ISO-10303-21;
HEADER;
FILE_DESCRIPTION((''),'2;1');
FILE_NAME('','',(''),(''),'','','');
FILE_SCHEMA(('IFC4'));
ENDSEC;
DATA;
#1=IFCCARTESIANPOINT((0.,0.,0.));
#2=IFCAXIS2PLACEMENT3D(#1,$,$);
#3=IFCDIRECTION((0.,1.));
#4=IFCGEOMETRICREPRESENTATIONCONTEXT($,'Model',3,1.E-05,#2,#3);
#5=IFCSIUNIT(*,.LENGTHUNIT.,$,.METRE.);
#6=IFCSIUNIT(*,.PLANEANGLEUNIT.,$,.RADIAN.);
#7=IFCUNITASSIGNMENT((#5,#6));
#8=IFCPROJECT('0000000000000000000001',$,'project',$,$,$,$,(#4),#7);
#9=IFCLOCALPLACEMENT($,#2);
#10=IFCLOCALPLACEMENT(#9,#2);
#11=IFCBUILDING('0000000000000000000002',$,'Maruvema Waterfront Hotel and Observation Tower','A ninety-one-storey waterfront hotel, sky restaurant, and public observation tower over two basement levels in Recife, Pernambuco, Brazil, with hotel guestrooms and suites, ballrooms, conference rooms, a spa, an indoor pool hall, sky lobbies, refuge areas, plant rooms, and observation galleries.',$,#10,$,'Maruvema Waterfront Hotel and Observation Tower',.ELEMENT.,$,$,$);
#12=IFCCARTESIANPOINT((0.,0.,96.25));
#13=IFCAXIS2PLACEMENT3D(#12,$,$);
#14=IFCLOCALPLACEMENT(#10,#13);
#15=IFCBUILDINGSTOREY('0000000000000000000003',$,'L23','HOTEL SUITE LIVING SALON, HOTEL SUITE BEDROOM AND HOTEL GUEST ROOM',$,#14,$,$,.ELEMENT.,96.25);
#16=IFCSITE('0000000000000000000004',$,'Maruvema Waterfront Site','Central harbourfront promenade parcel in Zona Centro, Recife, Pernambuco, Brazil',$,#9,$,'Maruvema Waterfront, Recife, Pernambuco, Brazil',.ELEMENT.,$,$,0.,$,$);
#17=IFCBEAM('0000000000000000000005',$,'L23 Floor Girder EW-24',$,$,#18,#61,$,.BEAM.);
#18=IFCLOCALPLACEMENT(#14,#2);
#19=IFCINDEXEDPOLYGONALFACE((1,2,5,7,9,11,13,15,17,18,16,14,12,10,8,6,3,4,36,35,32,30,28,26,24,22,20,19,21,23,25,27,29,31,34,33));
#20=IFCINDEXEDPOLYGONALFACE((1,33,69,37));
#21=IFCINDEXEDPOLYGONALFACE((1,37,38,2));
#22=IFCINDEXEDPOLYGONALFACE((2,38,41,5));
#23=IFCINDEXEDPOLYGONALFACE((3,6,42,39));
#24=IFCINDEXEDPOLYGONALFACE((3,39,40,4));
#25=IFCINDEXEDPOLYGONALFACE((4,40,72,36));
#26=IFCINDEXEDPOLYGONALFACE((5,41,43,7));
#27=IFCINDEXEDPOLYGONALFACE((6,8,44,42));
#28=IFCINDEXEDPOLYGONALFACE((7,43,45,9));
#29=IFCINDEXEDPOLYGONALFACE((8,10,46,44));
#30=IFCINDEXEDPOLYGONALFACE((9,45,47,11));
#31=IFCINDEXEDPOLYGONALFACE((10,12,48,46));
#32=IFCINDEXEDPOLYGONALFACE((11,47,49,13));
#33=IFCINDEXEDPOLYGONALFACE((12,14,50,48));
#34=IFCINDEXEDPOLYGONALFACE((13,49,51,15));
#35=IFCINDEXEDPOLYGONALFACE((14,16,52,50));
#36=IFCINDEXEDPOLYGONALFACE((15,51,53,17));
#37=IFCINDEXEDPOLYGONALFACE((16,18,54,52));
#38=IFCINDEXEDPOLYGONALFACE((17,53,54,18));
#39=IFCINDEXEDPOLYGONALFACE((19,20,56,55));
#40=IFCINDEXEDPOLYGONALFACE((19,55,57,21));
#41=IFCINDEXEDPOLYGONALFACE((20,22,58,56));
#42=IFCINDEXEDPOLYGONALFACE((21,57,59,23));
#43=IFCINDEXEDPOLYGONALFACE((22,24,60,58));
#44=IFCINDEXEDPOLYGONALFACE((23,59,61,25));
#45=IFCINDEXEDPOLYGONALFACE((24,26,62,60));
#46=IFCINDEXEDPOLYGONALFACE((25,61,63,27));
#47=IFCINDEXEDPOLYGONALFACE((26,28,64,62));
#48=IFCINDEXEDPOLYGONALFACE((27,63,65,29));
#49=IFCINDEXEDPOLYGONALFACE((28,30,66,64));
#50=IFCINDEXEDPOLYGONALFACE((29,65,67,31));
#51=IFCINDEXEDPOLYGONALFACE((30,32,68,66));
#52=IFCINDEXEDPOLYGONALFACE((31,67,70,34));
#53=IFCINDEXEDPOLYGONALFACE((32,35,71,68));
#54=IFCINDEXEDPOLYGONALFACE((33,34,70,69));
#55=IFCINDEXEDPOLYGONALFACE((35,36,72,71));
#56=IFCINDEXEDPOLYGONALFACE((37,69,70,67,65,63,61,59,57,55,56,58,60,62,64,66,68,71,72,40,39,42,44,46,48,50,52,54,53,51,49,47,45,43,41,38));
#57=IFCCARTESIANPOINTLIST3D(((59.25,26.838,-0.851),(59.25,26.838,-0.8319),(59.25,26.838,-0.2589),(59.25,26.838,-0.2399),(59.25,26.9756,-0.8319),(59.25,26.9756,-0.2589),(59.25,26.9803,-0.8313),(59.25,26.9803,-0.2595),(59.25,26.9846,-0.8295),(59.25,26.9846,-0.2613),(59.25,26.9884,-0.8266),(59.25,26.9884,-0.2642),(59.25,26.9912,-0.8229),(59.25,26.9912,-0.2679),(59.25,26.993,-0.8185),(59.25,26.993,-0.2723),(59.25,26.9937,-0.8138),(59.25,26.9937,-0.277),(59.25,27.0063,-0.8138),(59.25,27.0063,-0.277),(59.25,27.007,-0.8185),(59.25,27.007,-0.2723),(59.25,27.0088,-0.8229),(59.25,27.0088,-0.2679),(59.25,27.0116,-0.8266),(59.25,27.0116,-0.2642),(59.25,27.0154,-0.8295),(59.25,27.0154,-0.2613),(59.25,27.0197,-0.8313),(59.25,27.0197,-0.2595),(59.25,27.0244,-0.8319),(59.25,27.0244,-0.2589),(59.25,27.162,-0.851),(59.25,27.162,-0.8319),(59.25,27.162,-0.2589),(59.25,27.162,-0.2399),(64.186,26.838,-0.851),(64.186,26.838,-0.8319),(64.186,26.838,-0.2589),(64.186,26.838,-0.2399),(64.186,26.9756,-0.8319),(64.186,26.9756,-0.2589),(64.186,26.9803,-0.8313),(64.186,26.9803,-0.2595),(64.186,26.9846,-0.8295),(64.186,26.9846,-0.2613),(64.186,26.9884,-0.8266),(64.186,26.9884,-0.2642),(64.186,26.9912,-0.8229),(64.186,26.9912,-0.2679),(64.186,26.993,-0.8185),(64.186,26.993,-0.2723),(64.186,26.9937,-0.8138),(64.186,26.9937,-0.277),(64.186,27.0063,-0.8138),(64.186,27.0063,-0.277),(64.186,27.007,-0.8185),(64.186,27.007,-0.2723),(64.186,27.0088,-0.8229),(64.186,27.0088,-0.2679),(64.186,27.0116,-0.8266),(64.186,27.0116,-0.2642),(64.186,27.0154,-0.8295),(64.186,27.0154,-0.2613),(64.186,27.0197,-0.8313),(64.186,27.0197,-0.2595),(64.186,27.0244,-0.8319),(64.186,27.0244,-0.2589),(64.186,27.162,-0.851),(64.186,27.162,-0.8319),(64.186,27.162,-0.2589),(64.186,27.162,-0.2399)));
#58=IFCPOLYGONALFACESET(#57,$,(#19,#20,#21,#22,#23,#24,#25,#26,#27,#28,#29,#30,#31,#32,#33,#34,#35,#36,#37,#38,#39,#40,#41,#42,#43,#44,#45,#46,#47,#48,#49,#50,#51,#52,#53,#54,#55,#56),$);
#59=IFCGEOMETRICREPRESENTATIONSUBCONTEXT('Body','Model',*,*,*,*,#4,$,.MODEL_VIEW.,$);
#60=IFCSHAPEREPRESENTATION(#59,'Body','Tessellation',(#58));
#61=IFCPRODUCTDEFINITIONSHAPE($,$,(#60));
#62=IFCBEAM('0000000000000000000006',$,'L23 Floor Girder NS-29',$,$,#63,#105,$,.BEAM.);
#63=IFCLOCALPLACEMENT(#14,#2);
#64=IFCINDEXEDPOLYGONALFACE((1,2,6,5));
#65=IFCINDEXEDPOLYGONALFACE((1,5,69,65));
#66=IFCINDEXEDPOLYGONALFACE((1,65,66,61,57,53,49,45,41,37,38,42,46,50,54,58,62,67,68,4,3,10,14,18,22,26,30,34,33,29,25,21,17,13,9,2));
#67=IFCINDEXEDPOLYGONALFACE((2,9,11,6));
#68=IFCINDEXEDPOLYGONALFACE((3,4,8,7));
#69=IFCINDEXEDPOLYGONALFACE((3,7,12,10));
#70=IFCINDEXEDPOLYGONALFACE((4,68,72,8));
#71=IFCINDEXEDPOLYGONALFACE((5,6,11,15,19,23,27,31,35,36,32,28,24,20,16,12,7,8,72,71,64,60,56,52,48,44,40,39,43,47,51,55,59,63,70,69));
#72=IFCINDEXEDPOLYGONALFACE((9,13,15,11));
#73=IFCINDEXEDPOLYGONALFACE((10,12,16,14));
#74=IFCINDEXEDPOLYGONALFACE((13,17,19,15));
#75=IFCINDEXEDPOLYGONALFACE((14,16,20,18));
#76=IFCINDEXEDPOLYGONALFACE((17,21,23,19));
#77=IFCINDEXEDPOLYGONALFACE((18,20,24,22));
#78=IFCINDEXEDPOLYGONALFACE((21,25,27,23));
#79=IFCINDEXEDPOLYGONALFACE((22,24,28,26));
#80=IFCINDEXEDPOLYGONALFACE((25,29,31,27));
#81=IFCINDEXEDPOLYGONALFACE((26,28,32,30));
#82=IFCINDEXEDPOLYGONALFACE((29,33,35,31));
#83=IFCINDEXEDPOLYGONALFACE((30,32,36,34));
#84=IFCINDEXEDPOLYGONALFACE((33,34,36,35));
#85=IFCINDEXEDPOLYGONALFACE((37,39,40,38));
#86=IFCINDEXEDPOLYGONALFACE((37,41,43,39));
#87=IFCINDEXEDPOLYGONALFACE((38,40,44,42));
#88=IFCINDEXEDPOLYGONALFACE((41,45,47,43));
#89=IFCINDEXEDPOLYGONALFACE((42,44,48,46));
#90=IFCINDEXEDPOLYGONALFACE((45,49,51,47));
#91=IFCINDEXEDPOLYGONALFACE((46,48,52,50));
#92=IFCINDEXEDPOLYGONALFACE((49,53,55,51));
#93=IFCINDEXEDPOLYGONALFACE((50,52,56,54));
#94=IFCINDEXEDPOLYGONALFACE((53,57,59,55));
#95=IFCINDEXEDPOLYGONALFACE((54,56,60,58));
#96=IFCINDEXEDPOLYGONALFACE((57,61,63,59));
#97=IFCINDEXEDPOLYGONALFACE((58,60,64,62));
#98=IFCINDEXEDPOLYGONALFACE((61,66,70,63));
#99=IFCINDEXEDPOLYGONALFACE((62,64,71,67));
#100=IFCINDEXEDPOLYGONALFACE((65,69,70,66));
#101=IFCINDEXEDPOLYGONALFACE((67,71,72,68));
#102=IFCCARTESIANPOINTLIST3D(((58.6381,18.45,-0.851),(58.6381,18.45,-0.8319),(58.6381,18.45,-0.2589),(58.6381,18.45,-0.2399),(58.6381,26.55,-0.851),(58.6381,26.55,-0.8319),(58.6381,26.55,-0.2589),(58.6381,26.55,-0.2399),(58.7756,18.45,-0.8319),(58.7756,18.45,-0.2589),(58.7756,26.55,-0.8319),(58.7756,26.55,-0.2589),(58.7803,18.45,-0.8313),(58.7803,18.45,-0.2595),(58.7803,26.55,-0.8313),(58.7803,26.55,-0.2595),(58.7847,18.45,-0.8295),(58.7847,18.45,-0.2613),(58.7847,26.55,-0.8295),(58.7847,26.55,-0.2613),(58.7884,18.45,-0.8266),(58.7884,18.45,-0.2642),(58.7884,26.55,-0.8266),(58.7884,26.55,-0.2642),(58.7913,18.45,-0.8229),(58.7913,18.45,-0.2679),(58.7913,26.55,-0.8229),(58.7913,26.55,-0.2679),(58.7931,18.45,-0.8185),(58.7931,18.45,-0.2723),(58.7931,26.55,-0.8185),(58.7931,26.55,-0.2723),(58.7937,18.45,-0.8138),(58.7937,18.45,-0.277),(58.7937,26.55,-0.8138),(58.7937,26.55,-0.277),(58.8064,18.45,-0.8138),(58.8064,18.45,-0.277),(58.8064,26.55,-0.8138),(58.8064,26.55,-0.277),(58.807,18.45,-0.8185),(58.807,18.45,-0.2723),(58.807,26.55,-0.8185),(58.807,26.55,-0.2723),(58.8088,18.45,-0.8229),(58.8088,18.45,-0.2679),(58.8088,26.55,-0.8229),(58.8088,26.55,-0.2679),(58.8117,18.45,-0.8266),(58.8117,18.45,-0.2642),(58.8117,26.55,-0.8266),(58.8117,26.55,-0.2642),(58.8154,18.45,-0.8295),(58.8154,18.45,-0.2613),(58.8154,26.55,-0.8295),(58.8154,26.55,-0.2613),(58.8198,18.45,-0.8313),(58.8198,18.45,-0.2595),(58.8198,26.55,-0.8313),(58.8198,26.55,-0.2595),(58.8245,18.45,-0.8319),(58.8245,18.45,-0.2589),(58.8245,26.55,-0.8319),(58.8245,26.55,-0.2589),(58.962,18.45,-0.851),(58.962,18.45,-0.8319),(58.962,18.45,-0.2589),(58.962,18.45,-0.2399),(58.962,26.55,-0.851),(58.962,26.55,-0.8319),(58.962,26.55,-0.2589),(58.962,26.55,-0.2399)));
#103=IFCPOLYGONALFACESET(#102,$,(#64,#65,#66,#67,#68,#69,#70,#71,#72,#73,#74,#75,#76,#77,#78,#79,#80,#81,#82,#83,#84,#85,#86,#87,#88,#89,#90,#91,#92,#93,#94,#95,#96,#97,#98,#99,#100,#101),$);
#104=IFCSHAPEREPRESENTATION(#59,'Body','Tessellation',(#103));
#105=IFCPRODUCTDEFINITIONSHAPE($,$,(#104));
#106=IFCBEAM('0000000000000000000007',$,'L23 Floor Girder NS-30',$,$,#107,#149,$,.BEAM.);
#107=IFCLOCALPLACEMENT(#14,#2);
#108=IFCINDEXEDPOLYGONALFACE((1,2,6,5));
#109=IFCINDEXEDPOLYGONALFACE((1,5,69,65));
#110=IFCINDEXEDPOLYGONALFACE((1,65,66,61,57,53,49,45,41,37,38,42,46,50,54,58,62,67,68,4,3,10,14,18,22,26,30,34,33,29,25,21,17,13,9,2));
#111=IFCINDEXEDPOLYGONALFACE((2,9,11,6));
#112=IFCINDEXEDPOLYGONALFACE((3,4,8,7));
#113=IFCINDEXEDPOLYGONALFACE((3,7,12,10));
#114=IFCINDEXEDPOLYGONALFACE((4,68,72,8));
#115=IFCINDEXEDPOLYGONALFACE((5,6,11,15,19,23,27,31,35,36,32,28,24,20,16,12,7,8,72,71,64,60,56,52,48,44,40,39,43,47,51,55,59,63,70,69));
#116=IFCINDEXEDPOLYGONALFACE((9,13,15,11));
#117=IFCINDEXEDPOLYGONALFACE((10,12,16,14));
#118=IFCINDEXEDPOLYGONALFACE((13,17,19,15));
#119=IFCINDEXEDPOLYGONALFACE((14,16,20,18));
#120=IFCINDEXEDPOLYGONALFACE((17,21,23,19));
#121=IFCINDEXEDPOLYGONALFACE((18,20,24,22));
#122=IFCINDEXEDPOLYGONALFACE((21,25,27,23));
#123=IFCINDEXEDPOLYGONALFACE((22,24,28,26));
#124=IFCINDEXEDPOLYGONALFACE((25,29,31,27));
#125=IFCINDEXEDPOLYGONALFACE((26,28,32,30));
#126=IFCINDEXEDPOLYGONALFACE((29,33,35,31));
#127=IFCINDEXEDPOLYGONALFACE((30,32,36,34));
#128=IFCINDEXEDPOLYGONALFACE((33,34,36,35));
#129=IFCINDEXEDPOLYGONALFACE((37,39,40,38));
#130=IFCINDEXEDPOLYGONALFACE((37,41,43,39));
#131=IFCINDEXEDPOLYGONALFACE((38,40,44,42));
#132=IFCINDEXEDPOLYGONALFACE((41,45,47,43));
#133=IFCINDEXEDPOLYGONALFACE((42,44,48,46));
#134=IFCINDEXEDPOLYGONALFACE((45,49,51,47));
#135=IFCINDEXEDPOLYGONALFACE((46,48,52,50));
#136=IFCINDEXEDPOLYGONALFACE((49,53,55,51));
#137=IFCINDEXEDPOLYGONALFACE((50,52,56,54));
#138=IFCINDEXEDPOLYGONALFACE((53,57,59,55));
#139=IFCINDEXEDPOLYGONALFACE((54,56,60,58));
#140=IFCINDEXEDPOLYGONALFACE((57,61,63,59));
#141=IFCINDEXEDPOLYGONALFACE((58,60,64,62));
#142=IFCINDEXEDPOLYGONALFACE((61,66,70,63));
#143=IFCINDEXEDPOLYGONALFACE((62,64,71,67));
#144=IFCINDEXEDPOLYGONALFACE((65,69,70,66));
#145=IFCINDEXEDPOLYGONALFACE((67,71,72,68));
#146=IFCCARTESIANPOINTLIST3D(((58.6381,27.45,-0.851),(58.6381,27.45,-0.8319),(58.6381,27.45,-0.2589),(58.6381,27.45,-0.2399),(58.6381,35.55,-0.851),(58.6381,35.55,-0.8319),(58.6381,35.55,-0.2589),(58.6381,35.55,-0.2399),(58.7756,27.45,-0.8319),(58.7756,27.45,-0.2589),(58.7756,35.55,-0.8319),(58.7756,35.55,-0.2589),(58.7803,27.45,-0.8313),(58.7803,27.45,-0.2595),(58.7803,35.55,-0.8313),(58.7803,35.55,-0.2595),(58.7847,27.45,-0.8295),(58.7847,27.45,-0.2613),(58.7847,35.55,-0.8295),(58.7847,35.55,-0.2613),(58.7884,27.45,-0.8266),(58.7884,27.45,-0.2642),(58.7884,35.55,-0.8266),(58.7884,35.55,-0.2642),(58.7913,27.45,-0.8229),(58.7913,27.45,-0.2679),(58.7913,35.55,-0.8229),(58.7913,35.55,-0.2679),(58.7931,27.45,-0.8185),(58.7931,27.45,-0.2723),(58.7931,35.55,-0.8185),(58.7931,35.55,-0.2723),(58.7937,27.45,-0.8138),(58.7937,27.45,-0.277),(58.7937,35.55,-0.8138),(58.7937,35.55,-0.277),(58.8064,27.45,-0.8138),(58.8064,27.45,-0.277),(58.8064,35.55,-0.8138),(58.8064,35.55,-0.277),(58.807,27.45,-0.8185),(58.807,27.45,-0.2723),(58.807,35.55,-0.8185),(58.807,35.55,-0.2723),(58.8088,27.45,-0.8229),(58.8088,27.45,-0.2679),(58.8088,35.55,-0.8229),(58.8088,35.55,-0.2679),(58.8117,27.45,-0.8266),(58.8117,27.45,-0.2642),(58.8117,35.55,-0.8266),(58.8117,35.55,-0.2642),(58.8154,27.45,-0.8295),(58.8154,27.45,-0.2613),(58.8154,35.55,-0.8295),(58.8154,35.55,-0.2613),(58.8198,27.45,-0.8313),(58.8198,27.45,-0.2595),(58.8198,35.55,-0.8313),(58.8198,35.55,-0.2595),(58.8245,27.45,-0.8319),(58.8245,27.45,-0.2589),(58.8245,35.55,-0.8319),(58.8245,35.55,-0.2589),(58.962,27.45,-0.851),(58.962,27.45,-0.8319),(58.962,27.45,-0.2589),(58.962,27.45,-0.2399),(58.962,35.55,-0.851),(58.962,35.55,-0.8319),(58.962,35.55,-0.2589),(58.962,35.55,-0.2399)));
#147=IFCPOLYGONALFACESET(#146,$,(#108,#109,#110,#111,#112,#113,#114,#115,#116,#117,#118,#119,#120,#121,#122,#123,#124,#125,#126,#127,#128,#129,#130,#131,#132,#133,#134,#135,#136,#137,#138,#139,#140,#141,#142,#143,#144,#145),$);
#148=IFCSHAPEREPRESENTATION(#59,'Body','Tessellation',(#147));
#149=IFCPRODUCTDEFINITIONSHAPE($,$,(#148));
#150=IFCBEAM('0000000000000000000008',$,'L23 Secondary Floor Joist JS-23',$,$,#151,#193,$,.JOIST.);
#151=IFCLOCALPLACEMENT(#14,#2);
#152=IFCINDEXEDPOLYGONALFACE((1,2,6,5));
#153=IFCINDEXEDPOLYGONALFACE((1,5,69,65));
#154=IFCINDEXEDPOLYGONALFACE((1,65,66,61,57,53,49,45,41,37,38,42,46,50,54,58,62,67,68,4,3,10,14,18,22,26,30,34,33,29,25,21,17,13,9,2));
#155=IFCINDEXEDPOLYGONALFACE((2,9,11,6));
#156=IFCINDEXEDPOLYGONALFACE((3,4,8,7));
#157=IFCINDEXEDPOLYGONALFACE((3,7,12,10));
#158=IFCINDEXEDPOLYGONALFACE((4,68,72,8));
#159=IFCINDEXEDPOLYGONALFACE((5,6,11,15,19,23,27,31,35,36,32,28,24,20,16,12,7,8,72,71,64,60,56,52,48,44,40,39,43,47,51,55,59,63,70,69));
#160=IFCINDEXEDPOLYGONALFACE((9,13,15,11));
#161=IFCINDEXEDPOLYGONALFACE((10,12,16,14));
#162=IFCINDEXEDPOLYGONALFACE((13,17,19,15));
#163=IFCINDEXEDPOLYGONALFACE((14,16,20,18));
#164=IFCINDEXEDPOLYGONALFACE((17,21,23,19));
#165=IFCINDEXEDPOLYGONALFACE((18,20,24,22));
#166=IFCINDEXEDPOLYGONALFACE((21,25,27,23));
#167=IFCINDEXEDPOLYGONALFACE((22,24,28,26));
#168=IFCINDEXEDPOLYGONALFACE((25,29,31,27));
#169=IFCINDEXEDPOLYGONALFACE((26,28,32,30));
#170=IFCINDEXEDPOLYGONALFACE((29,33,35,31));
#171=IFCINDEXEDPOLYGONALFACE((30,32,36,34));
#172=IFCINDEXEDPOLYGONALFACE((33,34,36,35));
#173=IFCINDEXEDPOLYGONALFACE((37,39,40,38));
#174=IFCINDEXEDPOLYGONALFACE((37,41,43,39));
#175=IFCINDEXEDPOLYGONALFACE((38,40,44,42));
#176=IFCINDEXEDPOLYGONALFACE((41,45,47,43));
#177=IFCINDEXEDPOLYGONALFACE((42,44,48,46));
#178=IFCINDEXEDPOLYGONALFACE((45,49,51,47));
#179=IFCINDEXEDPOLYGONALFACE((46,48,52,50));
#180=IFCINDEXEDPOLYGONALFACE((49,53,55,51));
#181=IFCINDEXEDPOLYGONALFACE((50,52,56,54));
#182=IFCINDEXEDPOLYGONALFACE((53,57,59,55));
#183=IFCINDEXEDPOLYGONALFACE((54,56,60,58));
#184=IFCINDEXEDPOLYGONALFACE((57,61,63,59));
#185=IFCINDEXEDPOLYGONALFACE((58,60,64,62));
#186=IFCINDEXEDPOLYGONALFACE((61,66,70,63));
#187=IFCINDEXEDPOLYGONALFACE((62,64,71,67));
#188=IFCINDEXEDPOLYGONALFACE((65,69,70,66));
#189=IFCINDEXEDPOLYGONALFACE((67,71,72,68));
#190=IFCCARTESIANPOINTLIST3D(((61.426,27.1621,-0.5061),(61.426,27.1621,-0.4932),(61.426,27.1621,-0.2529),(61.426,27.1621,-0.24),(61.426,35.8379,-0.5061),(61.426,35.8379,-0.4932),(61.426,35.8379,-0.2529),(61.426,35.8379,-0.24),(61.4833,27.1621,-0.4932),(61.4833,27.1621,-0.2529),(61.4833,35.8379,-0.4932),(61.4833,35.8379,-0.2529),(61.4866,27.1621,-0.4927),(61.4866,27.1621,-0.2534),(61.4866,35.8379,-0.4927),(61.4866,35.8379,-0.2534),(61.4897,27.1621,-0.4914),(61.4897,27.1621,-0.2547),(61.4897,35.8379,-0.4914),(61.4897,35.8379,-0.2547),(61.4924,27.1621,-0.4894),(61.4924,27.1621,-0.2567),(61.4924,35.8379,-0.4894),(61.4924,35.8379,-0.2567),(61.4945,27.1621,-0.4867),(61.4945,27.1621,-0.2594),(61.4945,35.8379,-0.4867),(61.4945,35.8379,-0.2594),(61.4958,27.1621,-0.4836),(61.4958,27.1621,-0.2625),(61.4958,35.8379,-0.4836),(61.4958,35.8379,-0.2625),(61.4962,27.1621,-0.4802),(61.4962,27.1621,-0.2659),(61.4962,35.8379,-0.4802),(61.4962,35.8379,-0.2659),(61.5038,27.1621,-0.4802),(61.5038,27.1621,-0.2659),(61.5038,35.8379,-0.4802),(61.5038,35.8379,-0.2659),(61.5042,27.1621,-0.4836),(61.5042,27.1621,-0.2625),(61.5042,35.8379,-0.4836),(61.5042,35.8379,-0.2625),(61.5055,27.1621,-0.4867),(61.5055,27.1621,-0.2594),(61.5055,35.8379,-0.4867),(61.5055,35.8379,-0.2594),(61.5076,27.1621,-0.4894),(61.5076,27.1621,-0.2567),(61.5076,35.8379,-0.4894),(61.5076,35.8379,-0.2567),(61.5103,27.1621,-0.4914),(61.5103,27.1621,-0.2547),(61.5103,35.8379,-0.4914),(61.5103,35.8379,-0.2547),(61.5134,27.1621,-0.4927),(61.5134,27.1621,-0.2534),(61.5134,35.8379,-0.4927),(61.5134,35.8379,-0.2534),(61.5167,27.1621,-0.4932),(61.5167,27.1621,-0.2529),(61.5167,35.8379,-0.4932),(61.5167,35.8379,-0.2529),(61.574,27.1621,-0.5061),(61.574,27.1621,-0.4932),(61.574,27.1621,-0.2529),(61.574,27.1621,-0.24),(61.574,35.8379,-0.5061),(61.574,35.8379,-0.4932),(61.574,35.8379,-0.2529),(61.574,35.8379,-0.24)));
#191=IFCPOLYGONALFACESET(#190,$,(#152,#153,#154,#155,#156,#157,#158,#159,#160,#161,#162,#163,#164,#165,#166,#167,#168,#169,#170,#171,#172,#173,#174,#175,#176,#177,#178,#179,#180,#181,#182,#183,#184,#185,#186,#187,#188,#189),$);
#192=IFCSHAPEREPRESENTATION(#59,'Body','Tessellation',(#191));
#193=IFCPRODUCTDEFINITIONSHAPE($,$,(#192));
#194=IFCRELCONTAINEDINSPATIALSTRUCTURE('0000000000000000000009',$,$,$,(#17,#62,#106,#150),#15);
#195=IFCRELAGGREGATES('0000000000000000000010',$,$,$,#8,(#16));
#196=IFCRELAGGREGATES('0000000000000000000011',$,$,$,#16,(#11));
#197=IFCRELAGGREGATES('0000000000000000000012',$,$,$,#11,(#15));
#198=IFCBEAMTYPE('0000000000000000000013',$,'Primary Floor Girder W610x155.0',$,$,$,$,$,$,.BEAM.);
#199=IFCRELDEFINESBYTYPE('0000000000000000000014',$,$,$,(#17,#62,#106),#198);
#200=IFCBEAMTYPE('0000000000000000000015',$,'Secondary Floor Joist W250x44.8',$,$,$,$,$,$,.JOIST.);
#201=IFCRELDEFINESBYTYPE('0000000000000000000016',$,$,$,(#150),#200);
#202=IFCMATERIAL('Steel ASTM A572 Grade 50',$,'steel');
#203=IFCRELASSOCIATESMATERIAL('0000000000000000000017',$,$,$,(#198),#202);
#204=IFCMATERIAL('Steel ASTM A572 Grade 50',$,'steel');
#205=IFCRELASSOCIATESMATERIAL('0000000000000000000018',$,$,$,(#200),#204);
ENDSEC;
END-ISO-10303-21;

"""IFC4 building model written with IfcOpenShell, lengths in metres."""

from ifc_helpers import new_model, si_unit, direction, frame, origin, origin_2d, place, context, subcontext, project, spatial, i_section, extrude, material, material_profile, profile_set, type_object, element, save


model = new_model("IFC4")

# Units and contexts
model_context = context("Model", 3, precision=1e-05, world=origin(), true_north=direction((0.0, 1.0)))
body_context = subcontext(model_context, "Body", "Model", "MODEL_VIEW")
ifc_project = project(units=[si_unit("LENGTHUNIT", "METRE"), si_unit("PLANEANGLEUNIT", "RADIAN")], contexts=[model_context])

# Site, building, storey
site_placement = place(None, origin())
site = spatial("IfcSite", under=ifc_project, at=site_placement, Name="Maruvema Waterfront Site", Description="Central harbourfront promenade parcel in Zona Centro, Recife, Pernambuco, Brazil", LongName="Maruvema Waterfront, Recife, Pernambuco, Brazil", CompositionType="ELEMENT", RefElevation=0.0)
building_placement = place(site_placement, origin())
building = spatial("IfcBuilding", under=site, at=building_placement, Name="Maruvema Waterfront Hotel and Observation Tower", Description="A ninety-one-storey waterfront hotel, sky restaurant, and public observation tower over two basement levels in Recife, Pernambuco, Brazil, with hotel guestrooms and suites, ballrooms, conference rooms, a spa, an indoor pool hall, sky lobbies, refuge areas, plant rooms, and observation galleries.", LongName="Maruvema Waterfront Hotel and Observation Tower", CompositionType="ELEMENT")
storey_placement = place(building_placement, frame((0.0, 0.0, 96.25)))
storey = spatial("IfcBuildingStorey", under=building, at=storey_placement, Name="L23", Description="HOTEL SUITE LIVING SALON, HOTEL SUITE BEDROOM AND HOTEL GUEST ROOM", CompositionType="ELEMENT", Elevation=96.25)

# Beams
ifc_material_1 = material(Name="Steel ASTM A572 Grade 50", Category="steel")
ifc_material_profile_1 = material_profile(ifc_material_1, i_section(OverallWidth=0.324, OverallDepth=0.6111, WebThickness=0.0127, FlangeThickness=0.019, FilletRadius=0.0181, at=origin_2d()), Name="W610x155.0")
ifc_profile_set_1 = profile_set([ifc_material_profile_1], Name="Steel ASTM A572 Grade 50")
beam_type_1 = type_object("IfcBeamType", Name="Primary Floor Girder W610x155.0", PredefinedType="BEAM", material=ifc_profile_set_1)
for number, where, z_axis, x_axis, name in (
    (1, (59.25, 27.0, -0.5454), (1.0, 0.0, 0.0), (0.0, 1.0, 0.0), "L23 Floor Girder EW-24"),
):
    element("IfcBeam", number, at=place(storey_placement, frame(where, z_axis=z_axis, x_axis=x_axis)), inside=storey, type_object=beam_type_1, Name=name, PredefinedType="BEAM", context=body_context, shape_type="SweptSolid", body=[
        extrude(i_section(OverallWidth=0.324, OverallDepth=0.6111, WebThickness=0.0127, FlangeThickness=0.019, FilletRadius=0.0181, at=origin_2d()), origin(), (0.0, 0.0, 1.0), 4.936),
    ])
for number, where, z_axis, x_axis, name in (
    (2, (58.8, 18.45, -0.5454), (0.0, 1.0, 0.0), (-1.0, 0.0, 0.0), "L23 Floor Girder NS-29"),
    (3, (58.8, 27.45, -0.5454), (0.0, 1.0, 0.0), (-1.0, 0.0, 0.0), "L23 Floor Girder NS-30"),
):
    element("IfcBeam", number, at=place(storey_placement, frame(where, z_axis=z_axis, x_axis=x_axis)), inside=storey, type_object=beam_type_1, Name=name, PredefinedType="BEAM", context=body_context, shape_type="SweptSolid", body=[
        extrude(i_section(OverallWidth=0.324, OverallDepth=0.6111, WebThickness=0.0127, FlangeThickness=0.019, FilletRadius=0.0181, at=origin_2d()), origin(), (0.0, 0.0, 1.0), 8.1001),
    ])
ifc_material_2 = material(Name="Steel ASTM A572 Grade 50", Category="steel")
ifc_material_profile_2 = material_profile(ifc_material_2, i_section(OverallWidth=0.1479, OverallDepth=0.2661, WebThickness=0.0076, FlangeThickness=0.0129, FilletRadius=0.0129, at=origin_2d()), Name="W250x44.8")
ifc_profile_set_2 = profile_set([ifc_material_profile_2], Name="Steel ASTM A572 Grade 50")
beam_type_2 = type_object("IfcBeamType", Name="Secondary Floor Joist W250x44.8", PredefinedType="JOIST", material=ifc_profile_set_2)
beam_1_placement = place(storey_placement, frame((61.5, 27.1621, -0.373), z_axis=(0.0, 1.0, 0.0), x_axis=(-1.0, 0.0, 0.0)))
element("IfcBeam", 4, at=beam_1_placement, inside=storey, type_object=beam_type_2, Name="L23 Secondary Floor Joist JS-23", PredefinedType="JOIST", context=body_context, shape_type="SweptSolid", body=[
    extrude(i_section(OverallWidth=0.1479, OverallDepth=0.2661, WebThickness=0.0076, FlangeThickness=0.0129, FilletRadius=0.0129, at=origin_2d()), origin(), (0.0, 0.0, 1.0), 8.6758),
])

save(model, "model.ifc")
